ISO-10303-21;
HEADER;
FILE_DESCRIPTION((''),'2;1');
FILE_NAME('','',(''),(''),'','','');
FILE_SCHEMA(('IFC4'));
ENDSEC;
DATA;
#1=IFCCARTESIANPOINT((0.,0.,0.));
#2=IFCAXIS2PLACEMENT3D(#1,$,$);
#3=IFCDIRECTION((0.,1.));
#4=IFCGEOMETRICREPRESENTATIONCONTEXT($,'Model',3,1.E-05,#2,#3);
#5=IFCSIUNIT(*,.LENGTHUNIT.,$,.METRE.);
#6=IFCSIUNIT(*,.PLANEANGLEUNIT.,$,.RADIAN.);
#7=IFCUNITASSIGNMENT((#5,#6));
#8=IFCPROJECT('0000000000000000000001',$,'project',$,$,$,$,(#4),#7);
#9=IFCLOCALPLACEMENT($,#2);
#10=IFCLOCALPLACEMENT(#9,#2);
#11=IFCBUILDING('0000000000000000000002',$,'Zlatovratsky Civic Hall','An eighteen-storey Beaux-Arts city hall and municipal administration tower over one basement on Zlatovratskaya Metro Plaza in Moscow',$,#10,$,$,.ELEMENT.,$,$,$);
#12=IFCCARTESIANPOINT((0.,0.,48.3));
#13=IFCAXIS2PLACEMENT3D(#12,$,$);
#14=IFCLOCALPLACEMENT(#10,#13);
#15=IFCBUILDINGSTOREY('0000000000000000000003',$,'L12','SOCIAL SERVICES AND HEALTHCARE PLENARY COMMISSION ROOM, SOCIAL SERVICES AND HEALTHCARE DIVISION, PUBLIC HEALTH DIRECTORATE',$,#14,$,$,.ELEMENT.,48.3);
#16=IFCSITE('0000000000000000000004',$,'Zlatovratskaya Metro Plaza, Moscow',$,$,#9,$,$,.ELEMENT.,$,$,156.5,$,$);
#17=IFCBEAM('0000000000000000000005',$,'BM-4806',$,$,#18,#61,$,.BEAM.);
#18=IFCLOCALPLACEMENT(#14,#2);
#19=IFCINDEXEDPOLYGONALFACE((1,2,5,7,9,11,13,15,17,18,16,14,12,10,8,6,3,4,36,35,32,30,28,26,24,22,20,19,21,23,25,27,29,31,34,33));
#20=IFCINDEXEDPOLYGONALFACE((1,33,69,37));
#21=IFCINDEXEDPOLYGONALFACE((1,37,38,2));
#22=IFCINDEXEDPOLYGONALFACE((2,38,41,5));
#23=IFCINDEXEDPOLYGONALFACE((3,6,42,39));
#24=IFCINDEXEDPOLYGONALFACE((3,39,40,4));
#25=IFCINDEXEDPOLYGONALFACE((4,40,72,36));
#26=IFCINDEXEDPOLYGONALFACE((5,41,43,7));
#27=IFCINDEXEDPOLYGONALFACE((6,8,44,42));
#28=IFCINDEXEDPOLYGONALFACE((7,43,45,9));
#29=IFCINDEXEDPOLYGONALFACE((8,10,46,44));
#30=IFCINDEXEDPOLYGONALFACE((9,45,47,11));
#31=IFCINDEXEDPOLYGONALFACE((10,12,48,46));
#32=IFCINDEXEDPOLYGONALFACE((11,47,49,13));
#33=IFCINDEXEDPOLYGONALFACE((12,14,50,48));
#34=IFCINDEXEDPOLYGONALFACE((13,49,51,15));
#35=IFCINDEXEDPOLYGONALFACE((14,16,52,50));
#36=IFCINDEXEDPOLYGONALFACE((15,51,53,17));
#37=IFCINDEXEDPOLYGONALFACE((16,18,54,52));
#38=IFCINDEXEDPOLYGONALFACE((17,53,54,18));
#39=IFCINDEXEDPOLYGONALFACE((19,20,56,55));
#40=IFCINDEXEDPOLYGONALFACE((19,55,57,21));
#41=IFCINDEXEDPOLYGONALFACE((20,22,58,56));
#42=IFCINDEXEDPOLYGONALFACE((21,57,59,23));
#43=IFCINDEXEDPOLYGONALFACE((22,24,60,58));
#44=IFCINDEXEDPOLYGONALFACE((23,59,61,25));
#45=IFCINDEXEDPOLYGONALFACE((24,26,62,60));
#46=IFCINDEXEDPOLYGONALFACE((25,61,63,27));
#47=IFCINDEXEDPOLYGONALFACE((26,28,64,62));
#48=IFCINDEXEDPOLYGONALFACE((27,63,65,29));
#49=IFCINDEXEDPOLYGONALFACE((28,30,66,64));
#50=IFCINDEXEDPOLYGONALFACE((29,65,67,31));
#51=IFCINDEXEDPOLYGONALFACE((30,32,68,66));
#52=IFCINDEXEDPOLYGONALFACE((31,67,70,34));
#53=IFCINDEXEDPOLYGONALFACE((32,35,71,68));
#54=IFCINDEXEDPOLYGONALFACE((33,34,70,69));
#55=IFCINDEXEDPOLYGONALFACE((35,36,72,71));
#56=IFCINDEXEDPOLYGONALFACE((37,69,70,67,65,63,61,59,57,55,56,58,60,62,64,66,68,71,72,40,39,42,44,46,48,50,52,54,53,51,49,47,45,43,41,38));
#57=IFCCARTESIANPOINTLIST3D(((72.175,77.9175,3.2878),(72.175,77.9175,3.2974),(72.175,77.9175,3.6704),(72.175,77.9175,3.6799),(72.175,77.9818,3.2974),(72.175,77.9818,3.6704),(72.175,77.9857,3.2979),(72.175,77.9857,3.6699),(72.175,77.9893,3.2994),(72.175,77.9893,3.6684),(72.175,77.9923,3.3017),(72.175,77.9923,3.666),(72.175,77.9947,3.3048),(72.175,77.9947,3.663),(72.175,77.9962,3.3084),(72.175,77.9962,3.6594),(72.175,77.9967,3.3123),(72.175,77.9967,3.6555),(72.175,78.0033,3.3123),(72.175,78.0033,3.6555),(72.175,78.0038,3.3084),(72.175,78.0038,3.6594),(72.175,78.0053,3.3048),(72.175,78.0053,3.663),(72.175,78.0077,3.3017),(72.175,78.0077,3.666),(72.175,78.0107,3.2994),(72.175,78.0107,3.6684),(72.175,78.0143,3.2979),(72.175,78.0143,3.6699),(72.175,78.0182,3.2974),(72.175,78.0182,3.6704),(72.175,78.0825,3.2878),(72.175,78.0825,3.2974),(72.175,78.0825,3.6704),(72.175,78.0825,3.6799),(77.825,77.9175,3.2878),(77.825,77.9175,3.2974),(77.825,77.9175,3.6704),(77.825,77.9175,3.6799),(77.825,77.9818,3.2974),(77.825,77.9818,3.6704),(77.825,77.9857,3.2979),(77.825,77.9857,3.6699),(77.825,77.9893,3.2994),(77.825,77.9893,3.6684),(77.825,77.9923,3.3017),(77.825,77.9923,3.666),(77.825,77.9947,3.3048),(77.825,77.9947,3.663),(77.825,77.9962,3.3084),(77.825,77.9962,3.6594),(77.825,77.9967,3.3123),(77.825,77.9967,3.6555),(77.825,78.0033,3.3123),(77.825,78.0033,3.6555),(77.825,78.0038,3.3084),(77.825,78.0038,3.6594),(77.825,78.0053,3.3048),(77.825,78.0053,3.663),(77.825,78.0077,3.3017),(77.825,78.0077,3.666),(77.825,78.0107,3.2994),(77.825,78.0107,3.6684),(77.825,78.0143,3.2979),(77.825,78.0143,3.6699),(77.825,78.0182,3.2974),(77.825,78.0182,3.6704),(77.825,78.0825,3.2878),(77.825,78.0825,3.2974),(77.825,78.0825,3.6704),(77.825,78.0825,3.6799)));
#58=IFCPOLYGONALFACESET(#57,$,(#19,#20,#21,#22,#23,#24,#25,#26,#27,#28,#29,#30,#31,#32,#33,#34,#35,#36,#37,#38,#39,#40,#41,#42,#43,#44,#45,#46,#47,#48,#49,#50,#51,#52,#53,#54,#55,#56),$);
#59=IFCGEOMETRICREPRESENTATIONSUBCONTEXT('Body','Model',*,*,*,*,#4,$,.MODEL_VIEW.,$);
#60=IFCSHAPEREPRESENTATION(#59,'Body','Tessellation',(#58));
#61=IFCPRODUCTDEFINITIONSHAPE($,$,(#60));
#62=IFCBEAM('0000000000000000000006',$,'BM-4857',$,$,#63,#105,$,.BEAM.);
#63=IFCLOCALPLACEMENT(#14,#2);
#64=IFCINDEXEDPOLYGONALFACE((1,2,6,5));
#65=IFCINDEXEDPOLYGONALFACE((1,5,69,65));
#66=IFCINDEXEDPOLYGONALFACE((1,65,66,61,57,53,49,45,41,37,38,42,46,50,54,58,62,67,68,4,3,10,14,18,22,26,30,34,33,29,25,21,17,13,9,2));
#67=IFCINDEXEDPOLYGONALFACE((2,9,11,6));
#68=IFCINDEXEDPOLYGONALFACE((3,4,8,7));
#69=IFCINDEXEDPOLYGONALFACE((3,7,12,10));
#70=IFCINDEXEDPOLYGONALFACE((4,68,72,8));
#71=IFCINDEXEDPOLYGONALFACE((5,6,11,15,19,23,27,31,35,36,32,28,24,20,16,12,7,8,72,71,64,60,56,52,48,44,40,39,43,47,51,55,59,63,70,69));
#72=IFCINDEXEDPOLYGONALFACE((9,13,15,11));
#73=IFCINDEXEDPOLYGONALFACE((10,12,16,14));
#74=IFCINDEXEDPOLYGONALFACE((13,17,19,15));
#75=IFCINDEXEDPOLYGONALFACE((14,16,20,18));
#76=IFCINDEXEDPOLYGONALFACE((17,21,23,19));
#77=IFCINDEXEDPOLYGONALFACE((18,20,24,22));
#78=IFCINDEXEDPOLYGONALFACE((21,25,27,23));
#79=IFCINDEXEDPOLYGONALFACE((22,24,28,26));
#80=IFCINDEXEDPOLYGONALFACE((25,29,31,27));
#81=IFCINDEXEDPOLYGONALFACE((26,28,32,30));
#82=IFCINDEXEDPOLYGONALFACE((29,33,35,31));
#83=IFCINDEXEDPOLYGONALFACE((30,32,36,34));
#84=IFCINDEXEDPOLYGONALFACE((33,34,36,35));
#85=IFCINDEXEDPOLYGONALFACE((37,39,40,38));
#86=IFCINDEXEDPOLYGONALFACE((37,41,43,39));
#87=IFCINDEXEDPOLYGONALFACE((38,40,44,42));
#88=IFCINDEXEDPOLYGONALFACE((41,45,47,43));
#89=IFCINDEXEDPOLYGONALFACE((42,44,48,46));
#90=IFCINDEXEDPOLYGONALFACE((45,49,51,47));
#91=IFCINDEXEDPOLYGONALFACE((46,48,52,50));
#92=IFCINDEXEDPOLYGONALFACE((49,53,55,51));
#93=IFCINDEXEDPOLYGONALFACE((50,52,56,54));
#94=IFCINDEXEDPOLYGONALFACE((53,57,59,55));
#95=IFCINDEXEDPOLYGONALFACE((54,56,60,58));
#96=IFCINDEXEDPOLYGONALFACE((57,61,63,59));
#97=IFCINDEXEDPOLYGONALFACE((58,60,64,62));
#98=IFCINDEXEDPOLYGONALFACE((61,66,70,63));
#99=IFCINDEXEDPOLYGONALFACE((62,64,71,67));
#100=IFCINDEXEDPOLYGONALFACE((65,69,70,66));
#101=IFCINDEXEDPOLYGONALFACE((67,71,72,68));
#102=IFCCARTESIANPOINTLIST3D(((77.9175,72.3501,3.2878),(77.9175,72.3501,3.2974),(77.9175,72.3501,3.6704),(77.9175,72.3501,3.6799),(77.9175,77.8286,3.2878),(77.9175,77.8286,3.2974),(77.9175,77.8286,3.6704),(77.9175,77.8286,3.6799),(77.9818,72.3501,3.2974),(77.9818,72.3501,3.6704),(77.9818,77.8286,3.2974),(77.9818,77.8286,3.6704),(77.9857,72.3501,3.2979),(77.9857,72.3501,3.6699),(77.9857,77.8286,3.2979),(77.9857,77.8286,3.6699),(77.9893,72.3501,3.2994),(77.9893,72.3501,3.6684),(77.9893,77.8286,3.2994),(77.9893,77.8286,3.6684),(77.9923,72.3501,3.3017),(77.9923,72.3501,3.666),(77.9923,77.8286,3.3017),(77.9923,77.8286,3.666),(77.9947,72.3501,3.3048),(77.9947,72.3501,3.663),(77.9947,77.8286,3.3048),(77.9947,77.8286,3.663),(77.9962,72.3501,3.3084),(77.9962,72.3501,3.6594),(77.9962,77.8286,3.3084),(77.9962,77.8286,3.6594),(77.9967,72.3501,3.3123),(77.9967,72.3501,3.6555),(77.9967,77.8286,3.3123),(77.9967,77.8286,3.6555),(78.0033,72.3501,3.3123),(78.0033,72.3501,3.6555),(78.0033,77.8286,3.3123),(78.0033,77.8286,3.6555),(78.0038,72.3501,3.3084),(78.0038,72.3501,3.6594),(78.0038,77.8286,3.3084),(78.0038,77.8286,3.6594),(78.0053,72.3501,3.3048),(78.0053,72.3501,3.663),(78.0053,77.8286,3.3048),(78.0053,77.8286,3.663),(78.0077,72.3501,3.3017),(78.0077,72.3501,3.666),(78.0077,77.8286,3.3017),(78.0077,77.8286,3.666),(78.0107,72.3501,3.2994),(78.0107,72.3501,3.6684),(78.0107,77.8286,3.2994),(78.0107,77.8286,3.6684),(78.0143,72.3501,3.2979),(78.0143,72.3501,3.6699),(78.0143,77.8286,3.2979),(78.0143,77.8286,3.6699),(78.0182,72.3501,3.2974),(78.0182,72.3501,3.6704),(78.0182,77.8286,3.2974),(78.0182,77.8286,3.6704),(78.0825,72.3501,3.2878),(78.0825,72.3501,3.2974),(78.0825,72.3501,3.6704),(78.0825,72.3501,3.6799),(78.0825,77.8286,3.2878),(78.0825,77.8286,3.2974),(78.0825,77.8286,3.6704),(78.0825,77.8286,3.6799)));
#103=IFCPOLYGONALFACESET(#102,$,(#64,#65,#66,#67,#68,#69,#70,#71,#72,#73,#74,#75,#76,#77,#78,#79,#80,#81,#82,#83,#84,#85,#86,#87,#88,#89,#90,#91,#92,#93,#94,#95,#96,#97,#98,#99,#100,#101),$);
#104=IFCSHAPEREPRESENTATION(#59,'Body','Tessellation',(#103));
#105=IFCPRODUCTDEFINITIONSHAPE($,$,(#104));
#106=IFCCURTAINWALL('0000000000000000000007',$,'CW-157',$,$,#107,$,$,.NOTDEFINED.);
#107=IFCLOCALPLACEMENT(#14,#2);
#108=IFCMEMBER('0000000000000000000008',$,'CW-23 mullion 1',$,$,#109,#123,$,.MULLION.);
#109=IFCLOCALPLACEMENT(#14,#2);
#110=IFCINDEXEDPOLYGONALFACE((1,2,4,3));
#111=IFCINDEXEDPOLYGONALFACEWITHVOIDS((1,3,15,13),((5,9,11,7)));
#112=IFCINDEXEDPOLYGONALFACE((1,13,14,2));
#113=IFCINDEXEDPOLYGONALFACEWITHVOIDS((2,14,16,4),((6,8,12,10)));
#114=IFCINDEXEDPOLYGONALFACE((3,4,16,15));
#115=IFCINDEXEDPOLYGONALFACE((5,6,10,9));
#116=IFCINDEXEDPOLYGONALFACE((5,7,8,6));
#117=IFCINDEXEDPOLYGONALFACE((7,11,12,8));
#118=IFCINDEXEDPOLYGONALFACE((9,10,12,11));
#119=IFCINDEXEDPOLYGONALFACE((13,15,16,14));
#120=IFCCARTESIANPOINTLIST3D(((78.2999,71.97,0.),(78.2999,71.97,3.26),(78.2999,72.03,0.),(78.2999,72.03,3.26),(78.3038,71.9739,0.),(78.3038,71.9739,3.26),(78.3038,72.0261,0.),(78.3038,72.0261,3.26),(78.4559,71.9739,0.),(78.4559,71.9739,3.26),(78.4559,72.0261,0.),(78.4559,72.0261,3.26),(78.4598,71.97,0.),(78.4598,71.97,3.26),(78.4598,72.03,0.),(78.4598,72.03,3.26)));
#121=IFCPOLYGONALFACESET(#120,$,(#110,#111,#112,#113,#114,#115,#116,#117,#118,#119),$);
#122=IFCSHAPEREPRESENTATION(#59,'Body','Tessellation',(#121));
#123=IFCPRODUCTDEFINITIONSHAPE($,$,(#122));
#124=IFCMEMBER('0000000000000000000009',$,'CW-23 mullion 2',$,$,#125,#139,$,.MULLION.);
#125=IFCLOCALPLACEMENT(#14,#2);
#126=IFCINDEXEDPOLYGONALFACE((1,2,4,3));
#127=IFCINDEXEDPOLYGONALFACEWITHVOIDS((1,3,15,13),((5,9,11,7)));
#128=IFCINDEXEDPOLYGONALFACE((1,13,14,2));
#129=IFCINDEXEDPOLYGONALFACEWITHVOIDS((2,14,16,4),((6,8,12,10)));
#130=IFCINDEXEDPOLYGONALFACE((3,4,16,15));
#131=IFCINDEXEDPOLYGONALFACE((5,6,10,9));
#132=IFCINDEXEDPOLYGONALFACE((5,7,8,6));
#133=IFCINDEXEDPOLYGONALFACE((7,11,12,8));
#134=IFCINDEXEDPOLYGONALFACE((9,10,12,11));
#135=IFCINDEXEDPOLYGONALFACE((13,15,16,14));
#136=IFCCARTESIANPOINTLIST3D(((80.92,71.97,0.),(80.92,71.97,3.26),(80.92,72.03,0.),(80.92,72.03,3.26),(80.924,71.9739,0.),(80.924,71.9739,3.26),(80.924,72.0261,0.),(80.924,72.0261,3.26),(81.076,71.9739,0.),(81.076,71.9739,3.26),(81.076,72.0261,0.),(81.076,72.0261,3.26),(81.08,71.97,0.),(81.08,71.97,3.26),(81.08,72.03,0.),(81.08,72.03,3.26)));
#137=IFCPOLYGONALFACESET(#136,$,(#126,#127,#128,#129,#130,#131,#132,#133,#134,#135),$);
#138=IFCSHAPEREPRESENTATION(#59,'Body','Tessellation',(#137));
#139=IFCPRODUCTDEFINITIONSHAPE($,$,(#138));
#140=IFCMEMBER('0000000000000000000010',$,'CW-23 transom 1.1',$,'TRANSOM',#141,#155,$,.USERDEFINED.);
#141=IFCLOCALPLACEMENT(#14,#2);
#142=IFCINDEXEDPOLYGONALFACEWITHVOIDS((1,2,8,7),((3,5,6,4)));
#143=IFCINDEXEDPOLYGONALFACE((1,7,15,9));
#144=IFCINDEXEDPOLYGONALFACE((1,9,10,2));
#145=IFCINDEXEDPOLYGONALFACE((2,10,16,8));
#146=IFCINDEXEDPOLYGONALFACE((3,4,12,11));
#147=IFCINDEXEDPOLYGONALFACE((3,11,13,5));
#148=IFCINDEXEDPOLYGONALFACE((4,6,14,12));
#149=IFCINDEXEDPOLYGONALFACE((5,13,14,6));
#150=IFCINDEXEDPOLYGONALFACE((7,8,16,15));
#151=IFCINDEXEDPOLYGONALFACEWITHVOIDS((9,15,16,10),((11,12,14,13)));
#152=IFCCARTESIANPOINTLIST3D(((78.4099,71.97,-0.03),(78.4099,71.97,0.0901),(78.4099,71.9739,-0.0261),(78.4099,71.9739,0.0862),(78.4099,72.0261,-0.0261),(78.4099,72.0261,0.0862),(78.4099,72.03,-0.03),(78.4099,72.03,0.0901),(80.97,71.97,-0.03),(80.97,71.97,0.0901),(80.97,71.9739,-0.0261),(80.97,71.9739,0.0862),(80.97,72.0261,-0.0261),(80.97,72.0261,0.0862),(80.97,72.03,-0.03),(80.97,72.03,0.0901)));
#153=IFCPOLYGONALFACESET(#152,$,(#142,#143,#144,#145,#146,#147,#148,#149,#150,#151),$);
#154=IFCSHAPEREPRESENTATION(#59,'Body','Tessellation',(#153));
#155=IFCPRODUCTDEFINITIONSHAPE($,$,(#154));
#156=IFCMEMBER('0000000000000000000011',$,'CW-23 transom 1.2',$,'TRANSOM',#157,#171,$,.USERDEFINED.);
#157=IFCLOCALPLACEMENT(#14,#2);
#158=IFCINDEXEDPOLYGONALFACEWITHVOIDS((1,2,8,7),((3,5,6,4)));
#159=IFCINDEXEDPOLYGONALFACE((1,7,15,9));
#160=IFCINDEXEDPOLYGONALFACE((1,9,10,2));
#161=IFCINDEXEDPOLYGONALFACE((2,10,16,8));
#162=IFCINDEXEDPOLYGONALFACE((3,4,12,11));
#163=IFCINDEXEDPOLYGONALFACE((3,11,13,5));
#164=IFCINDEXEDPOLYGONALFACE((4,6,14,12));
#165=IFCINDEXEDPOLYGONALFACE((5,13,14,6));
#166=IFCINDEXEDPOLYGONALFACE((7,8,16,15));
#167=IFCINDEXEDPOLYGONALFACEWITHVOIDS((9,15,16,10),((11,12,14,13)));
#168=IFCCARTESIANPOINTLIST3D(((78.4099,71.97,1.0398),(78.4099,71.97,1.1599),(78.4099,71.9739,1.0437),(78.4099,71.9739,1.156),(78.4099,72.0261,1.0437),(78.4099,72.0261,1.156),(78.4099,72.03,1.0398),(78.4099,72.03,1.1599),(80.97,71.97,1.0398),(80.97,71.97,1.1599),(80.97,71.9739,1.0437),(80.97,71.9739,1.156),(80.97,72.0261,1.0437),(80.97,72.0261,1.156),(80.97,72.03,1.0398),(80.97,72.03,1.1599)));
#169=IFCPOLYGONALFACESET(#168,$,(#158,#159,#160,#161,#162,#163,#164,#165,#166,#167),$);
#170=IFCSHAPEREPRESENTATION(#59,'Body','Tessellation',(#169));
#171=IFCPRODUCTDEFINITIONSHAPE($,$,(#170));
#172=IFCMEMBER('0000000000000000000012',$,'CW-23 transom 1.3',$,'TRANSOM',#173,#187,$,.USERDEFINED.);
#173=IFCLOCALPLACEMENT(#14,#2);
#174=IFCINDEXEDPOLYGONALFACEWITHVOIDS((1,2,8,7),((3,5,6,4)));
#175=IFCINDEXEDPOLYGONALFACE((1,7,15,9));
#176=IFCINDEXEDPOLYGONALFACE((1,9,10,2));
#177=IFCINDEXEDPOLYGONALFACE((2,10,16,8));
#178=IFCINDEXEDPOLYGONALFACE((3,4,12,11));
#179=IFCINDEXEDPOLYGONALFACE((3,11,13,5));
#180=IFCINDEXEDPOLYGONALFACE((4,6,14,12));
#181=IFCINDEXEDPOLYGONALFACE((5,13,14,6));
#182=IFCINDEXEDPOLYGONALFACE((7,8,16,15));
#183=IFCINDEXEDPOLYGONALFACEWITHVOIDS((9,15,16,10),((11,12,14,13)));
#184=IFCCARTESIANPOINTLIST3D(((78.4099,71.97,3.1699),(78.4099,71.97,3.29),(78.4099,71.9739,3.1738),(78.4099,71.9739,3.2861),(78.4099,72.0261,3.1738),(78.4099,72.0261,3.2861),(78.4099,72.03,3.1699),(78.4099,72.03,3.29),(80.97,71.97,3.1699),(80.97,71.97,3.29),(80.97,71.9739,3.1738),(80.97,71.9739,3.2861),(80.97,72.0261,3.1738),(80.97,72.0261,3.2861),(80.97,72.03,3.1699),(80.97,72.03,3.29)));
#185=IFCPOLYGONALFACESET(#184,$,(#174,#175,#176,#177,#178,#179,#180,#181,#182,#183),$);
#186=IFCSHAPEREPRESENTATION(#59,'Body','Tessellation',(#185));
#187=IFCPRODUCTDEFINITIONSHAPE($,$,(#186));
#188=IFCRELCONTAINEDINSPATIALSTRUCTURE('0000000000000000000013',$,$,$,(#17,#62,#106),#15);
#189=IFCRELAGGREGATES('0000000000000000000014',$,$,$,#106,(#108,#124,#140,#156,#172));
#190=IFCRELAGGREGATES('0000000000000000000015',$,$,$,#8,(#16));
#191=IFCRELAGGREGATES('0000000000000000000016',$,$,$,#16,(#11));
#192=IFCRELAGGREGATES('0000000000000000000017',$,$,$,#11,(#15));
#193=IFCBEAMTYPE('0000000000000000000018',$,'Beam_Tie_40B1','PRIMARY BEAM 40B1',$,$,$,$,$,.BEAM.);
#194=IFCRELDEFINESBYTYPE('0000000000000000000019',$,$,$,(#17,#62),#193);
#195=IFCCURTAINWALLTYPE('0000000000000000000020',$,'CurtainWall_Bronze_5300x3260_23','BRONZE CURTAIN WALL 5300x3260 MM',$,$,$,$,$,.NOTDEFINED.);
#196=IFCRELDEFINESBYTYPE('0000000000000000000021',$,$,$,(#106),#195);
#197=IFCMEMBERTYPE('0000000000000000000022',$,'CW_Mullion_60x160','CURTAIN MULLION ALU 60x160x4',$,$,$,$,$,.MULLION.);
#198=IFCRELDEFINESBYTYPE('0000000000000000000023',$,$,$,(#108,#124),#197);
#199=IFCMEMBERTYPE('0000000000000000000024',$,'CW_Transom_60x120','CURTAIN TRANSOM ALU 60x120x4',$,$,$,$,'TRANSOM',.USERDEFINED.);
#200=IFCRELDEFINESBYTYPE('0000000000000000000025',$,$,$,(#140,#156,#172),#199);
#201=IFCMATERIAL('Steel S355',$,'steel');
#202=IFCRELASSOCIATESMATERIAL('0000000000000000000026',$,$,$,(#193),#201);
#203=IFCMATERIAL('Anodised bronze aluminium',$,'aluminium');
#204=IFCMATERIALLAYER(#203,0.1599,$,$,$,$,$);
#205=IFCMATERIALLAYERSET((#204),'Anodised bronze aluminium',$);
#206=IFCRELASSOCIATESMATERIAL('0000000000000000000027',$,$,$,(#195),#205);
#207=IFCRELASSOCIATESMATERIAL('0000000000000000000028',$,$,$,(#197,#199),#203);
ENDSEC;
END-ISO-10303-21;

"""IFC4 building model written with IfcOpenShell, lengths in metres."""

from ifc_helpers import new_model, si_unit, direction, frame, origin, origin_2d, place, context, subcontext, project, spatial, hollow_rectangle, i_section, extrude, material, layer, layer_set, material_profile, profile_set, type_object, element, aggregate, save


model = new_model("IFC4")

# Units and contexts
model_context = context("Model", 3, precision=1e-05, world=origin(), true_north=direction((0.0, 1.0)))
body_context = subcontext(model_context, "Body", "Model", "MODEL_VIEW")
ifc_project = project(units=[si_unit("LENGTHUNIT", "METRE"), si_unit("PLANEANGLEUNIT", "RADIAN")], contexts=[model_context])

# Site, building, storey
site_placement = place(None, origin())
site = spatial("IfcSite", under=ifc_project, at=site_placement, Name="Zlatovratskaya Metro Plaza, Moscow", CompositionType="ELEMENT", RefElevation=156.5)
building_placement = place(site_placement, origin())
building = spatial("IfcBuilding", under=site, at=building_placement, Name="Zlatovratsky Civic Hall", Description="An eighteen-storey Beaux-Arts city hall and municipal administration tower over one basement on Zlatovratskaya Metro Plaza in Moscow", CompositionType="ELEMENT")
storey_placement = place(building_placement, frame((0.0, 0.0, 48.3)))
storey = spatial("IfcBuildingStorey", under=building, at=storey_placement, Name="L12", Description="SOCIAL SERVICES AND HEALTHCARE PLENARY COMMISSION ROOM, SOCIAL SERVICES AND HEALTHCARE DIVISION, PUBLIC HEALTH DIRECTORATE", CompositionType="ELEMENT", Elevation=48.3)

# Shared definitions
ifc_material_1 = material(Name="Steel S355", Category="steel")

# Beams
ifc_material_profile_1 = material_profile(ifc_material_1, i_section(OverallWidth=0.165, OverallDepth=0.3921, WebThickness=0.0066, FlangeThickness=0.0095, FilletRadius=0.0149, at=origin_2d()), Name="40B1")
ifc_profile_set_1 = profile_set([ifc_material_profile_1], Name="Steel S355")
beam_type_1 = type_object("IfcBeamType", Name="Beam_Tie_40B1", Description="PRIMARY BEAM 40B1", PredefinedType="BEAM", material=ifc_profile_set_1)
beam_1_placement = place(storey_placement, frame((72.175, 78.0, 3.4839), z_axis=(1.0, 0.0, 0.0), x_axis=(0.0, 1.0, 0.0)))
element("IfcBeam", 1, at=beam_1_placement, inside=storey, type_object=beam_type_1, Name="BM-4806", PredefinedType="BEAM", context=body_context, shape_type="SweptSolid", body=[
    extrude(i_section(OverallWidth=0.165, OverallDepth=0.3921, WebThickness=0.0066, FlangeThickness=0.0095, FilletRadius=0.0149, at=origin_2d()), origin(), (0.0, 0.0, 1.0), 5.6499),
])
beam_2_placement = place(storey_placement, frame((78.0, 72.3501, 3.4839), z_axis=(0.0, 1.0, 0.0), x_axis=(-1.0, 0.0, 0.0)))
element("IfcBeam", 2, at=beam_2_placement, inside=storey, type_object=beam_type_1, Name="BM-4857", PredefinedType="BEAM", context=body_context, shape_type="SweptSolid", body=[
    extrude(i_section(OverallWidth=0.165, OverallDepth=0.3921, WebThickness=0.0066, FlangeThickness=0.0095, FilletRadius=0.0149, at=origin_2d()), origin(), (0.0, 0.0, 1.0), 5.4785),
])

# Curtain wall, members
ifc_material_2 = material(Name="Anodised bronze aluminium", Category="aluminium")
ifc_layer_1 = layer(ifc_material_2, 0.1599)
ifc_layer_set_1 = layer_set([ifc_layer_1], Name="Anodised bronze aluminium")
curtain_wall_type = type_object("IfcCurtainWallType", Name="CurtainWall_Bronze_5300x3260_23", Description="BRONZE CURTAIN WALL 5300x3260 MM", PredefinedType="NOTDEFINED", material=ifc_layer_set_1)
curtain_wall_placement = place(storey_placement, origin())
curtain_wall = element("IfcCurtainWall", 3, at=curtain_wall_placement, inside=storey, type_object=curtain_wall_type, Name="CW-157", PredefinedType="NOTDEFINED")
ifc_material_profile_2 = material_profile(ifc_material_2, hollow_rectangle(XDim=0.0601, YDim=0.1599, WallThickness=0.0039, at=origin_2d()), Name="ALU 60x160x4")
ifc_profile_set_2 = profile_set([ifc_material_profile_2], Name="Anodised bronze aluminium")
member_type_1 = type_object("IfcMemberType", Name="CW_Mullion_60x160", Description="CURTAIN MULLION ALU 60x160x4", PredefinedType="MULLION", material=ifc_profile_set_2)
member_1_placement = place(storey_placement, frame((78.3799, 72.0, 0.0), z_axis=(0.0, 0.0, 1.0), x_axis=(0.0, 1.0, 0.0)))
member_1 = element("IfcMember", 4, at=member_1_placement, type_object=member_type_1, Name="CW-23 mullion 1", PredefinedType="MULLION", context=body_context, shape_type="SweptSolid", body=[
    extrude(hollow_rectangle(XDim=0.0601, YDim=0.1599, WallThickness=0.0039, at=origin_2d()), origin(), (0.0, 0.0, 1.0), 3.26),
])
member_2_placement = place(storey_placement, frame((81.0, 72.0, 0.0), z_axis=(0.0, 0.0, 1.0), x_axis=(0.0, 1.0, 0.0)))
member_2 = element("IfcMember", 5, at=member_2_placement, type_object=member_type_1, Name="CW-23 mullion 2", PredefinedType="MULLION", context=body_context, shape_type="SweptSolid", body=[
    extrude(hollow_rectangle(XDim=0.0601, YDim=0.1599, WallThickness=0.0039, at=origin_2d()), origin(), (0.0, 0.0, 1.0), 3.26),
])
ifc_material_profile_3 = material_profile(ifc_material_2, hollow_rectangle(XDim=0.0601, YDim=0.1201, WallThickness=0.0039, at=origin_2d()), Name="ALU 60x120x4")
ifc_profile_set_3 = profile_set([ifc_material_profile_3], Name="Anodised bronze aluminium")
member_type_2 = type_object("IfcMemberType", Name="CW_Transom_60x120", Description="CURTAIN TRANSOM ALU 60x120x4", ElementType="TRANSOM", PredefinedType="USERDEFINED", material=ifc_profile_set_3)
member_3_placement = place(storey_placement, frame((78.4099, 72.0, 0.03), z_axis=(1.0, 0.0, 0.0), x_axis=(0.0, 1.0, 0.0)))
member_3 = element("IfcMember", 6, at=member_3_placement, type_object=member_type_2, Name="CW-23 transom 1.1", ObjectType="TRANSOM", PredefinedType="USERDEFINED", context=body_context, shape_type="SweptSolid", body=[
    extrude(hollow_rectangle(XDim=0.0601, YDim=0.1201, WallThickness=0.0039, at=origin_2d()), origin(), (0.0, 0.0, 1.0), 2.5601),
])
member_4_placement = place(storey_placement, frame((78.4099, 72.0, 1.0999), z_axis=(1.0, 0.0, 0.0), x_axis=(0.0, 1.0, 0.0)))
member_4 = element("IfcMember", 7, at=member_4_placement, type_object=member_type_2, Name="CW-23 transom 1.2", ObjectType="TRANSOM", PredefinedType="USERDEFINED", context=body_context, shape_type="SweptSolid", body=[
    extrude(hollow_rectangle(XDim=0.0601, YDim=0.1201, WallThickness=0.0039, at=origin_2d()), origin(), (0.0, 0.0, 1.0), 2.5601),
])
member_5_placement = place(storey_placement, frame((78.4099, 72.0, 3.23), z_axis=(1.0, 0.0, 0.0), x_axis=(0.0, 1.0, 0.0)))
member_5 = element("IfcMember", 8, at=member_5_placement, type_object=member_type_2, Name="CW-23 transom 1.3", ObjectType="TRANSOM", PredefinedType="USERDEFINED", context=body_context, shape_type="SweptSolid", body=[
    extrude(hollow_rectangle(XDim=0.0601, YDim=0.1201, WallThickness=0.0039, at=origin_2d()), origin(), (0.0, 0.0, 1.0), 2.5601),
])
aggregate(curtain_wall, [member_1, member_2, member_3, member_4, member_5])

save(model, "model.ifc")
